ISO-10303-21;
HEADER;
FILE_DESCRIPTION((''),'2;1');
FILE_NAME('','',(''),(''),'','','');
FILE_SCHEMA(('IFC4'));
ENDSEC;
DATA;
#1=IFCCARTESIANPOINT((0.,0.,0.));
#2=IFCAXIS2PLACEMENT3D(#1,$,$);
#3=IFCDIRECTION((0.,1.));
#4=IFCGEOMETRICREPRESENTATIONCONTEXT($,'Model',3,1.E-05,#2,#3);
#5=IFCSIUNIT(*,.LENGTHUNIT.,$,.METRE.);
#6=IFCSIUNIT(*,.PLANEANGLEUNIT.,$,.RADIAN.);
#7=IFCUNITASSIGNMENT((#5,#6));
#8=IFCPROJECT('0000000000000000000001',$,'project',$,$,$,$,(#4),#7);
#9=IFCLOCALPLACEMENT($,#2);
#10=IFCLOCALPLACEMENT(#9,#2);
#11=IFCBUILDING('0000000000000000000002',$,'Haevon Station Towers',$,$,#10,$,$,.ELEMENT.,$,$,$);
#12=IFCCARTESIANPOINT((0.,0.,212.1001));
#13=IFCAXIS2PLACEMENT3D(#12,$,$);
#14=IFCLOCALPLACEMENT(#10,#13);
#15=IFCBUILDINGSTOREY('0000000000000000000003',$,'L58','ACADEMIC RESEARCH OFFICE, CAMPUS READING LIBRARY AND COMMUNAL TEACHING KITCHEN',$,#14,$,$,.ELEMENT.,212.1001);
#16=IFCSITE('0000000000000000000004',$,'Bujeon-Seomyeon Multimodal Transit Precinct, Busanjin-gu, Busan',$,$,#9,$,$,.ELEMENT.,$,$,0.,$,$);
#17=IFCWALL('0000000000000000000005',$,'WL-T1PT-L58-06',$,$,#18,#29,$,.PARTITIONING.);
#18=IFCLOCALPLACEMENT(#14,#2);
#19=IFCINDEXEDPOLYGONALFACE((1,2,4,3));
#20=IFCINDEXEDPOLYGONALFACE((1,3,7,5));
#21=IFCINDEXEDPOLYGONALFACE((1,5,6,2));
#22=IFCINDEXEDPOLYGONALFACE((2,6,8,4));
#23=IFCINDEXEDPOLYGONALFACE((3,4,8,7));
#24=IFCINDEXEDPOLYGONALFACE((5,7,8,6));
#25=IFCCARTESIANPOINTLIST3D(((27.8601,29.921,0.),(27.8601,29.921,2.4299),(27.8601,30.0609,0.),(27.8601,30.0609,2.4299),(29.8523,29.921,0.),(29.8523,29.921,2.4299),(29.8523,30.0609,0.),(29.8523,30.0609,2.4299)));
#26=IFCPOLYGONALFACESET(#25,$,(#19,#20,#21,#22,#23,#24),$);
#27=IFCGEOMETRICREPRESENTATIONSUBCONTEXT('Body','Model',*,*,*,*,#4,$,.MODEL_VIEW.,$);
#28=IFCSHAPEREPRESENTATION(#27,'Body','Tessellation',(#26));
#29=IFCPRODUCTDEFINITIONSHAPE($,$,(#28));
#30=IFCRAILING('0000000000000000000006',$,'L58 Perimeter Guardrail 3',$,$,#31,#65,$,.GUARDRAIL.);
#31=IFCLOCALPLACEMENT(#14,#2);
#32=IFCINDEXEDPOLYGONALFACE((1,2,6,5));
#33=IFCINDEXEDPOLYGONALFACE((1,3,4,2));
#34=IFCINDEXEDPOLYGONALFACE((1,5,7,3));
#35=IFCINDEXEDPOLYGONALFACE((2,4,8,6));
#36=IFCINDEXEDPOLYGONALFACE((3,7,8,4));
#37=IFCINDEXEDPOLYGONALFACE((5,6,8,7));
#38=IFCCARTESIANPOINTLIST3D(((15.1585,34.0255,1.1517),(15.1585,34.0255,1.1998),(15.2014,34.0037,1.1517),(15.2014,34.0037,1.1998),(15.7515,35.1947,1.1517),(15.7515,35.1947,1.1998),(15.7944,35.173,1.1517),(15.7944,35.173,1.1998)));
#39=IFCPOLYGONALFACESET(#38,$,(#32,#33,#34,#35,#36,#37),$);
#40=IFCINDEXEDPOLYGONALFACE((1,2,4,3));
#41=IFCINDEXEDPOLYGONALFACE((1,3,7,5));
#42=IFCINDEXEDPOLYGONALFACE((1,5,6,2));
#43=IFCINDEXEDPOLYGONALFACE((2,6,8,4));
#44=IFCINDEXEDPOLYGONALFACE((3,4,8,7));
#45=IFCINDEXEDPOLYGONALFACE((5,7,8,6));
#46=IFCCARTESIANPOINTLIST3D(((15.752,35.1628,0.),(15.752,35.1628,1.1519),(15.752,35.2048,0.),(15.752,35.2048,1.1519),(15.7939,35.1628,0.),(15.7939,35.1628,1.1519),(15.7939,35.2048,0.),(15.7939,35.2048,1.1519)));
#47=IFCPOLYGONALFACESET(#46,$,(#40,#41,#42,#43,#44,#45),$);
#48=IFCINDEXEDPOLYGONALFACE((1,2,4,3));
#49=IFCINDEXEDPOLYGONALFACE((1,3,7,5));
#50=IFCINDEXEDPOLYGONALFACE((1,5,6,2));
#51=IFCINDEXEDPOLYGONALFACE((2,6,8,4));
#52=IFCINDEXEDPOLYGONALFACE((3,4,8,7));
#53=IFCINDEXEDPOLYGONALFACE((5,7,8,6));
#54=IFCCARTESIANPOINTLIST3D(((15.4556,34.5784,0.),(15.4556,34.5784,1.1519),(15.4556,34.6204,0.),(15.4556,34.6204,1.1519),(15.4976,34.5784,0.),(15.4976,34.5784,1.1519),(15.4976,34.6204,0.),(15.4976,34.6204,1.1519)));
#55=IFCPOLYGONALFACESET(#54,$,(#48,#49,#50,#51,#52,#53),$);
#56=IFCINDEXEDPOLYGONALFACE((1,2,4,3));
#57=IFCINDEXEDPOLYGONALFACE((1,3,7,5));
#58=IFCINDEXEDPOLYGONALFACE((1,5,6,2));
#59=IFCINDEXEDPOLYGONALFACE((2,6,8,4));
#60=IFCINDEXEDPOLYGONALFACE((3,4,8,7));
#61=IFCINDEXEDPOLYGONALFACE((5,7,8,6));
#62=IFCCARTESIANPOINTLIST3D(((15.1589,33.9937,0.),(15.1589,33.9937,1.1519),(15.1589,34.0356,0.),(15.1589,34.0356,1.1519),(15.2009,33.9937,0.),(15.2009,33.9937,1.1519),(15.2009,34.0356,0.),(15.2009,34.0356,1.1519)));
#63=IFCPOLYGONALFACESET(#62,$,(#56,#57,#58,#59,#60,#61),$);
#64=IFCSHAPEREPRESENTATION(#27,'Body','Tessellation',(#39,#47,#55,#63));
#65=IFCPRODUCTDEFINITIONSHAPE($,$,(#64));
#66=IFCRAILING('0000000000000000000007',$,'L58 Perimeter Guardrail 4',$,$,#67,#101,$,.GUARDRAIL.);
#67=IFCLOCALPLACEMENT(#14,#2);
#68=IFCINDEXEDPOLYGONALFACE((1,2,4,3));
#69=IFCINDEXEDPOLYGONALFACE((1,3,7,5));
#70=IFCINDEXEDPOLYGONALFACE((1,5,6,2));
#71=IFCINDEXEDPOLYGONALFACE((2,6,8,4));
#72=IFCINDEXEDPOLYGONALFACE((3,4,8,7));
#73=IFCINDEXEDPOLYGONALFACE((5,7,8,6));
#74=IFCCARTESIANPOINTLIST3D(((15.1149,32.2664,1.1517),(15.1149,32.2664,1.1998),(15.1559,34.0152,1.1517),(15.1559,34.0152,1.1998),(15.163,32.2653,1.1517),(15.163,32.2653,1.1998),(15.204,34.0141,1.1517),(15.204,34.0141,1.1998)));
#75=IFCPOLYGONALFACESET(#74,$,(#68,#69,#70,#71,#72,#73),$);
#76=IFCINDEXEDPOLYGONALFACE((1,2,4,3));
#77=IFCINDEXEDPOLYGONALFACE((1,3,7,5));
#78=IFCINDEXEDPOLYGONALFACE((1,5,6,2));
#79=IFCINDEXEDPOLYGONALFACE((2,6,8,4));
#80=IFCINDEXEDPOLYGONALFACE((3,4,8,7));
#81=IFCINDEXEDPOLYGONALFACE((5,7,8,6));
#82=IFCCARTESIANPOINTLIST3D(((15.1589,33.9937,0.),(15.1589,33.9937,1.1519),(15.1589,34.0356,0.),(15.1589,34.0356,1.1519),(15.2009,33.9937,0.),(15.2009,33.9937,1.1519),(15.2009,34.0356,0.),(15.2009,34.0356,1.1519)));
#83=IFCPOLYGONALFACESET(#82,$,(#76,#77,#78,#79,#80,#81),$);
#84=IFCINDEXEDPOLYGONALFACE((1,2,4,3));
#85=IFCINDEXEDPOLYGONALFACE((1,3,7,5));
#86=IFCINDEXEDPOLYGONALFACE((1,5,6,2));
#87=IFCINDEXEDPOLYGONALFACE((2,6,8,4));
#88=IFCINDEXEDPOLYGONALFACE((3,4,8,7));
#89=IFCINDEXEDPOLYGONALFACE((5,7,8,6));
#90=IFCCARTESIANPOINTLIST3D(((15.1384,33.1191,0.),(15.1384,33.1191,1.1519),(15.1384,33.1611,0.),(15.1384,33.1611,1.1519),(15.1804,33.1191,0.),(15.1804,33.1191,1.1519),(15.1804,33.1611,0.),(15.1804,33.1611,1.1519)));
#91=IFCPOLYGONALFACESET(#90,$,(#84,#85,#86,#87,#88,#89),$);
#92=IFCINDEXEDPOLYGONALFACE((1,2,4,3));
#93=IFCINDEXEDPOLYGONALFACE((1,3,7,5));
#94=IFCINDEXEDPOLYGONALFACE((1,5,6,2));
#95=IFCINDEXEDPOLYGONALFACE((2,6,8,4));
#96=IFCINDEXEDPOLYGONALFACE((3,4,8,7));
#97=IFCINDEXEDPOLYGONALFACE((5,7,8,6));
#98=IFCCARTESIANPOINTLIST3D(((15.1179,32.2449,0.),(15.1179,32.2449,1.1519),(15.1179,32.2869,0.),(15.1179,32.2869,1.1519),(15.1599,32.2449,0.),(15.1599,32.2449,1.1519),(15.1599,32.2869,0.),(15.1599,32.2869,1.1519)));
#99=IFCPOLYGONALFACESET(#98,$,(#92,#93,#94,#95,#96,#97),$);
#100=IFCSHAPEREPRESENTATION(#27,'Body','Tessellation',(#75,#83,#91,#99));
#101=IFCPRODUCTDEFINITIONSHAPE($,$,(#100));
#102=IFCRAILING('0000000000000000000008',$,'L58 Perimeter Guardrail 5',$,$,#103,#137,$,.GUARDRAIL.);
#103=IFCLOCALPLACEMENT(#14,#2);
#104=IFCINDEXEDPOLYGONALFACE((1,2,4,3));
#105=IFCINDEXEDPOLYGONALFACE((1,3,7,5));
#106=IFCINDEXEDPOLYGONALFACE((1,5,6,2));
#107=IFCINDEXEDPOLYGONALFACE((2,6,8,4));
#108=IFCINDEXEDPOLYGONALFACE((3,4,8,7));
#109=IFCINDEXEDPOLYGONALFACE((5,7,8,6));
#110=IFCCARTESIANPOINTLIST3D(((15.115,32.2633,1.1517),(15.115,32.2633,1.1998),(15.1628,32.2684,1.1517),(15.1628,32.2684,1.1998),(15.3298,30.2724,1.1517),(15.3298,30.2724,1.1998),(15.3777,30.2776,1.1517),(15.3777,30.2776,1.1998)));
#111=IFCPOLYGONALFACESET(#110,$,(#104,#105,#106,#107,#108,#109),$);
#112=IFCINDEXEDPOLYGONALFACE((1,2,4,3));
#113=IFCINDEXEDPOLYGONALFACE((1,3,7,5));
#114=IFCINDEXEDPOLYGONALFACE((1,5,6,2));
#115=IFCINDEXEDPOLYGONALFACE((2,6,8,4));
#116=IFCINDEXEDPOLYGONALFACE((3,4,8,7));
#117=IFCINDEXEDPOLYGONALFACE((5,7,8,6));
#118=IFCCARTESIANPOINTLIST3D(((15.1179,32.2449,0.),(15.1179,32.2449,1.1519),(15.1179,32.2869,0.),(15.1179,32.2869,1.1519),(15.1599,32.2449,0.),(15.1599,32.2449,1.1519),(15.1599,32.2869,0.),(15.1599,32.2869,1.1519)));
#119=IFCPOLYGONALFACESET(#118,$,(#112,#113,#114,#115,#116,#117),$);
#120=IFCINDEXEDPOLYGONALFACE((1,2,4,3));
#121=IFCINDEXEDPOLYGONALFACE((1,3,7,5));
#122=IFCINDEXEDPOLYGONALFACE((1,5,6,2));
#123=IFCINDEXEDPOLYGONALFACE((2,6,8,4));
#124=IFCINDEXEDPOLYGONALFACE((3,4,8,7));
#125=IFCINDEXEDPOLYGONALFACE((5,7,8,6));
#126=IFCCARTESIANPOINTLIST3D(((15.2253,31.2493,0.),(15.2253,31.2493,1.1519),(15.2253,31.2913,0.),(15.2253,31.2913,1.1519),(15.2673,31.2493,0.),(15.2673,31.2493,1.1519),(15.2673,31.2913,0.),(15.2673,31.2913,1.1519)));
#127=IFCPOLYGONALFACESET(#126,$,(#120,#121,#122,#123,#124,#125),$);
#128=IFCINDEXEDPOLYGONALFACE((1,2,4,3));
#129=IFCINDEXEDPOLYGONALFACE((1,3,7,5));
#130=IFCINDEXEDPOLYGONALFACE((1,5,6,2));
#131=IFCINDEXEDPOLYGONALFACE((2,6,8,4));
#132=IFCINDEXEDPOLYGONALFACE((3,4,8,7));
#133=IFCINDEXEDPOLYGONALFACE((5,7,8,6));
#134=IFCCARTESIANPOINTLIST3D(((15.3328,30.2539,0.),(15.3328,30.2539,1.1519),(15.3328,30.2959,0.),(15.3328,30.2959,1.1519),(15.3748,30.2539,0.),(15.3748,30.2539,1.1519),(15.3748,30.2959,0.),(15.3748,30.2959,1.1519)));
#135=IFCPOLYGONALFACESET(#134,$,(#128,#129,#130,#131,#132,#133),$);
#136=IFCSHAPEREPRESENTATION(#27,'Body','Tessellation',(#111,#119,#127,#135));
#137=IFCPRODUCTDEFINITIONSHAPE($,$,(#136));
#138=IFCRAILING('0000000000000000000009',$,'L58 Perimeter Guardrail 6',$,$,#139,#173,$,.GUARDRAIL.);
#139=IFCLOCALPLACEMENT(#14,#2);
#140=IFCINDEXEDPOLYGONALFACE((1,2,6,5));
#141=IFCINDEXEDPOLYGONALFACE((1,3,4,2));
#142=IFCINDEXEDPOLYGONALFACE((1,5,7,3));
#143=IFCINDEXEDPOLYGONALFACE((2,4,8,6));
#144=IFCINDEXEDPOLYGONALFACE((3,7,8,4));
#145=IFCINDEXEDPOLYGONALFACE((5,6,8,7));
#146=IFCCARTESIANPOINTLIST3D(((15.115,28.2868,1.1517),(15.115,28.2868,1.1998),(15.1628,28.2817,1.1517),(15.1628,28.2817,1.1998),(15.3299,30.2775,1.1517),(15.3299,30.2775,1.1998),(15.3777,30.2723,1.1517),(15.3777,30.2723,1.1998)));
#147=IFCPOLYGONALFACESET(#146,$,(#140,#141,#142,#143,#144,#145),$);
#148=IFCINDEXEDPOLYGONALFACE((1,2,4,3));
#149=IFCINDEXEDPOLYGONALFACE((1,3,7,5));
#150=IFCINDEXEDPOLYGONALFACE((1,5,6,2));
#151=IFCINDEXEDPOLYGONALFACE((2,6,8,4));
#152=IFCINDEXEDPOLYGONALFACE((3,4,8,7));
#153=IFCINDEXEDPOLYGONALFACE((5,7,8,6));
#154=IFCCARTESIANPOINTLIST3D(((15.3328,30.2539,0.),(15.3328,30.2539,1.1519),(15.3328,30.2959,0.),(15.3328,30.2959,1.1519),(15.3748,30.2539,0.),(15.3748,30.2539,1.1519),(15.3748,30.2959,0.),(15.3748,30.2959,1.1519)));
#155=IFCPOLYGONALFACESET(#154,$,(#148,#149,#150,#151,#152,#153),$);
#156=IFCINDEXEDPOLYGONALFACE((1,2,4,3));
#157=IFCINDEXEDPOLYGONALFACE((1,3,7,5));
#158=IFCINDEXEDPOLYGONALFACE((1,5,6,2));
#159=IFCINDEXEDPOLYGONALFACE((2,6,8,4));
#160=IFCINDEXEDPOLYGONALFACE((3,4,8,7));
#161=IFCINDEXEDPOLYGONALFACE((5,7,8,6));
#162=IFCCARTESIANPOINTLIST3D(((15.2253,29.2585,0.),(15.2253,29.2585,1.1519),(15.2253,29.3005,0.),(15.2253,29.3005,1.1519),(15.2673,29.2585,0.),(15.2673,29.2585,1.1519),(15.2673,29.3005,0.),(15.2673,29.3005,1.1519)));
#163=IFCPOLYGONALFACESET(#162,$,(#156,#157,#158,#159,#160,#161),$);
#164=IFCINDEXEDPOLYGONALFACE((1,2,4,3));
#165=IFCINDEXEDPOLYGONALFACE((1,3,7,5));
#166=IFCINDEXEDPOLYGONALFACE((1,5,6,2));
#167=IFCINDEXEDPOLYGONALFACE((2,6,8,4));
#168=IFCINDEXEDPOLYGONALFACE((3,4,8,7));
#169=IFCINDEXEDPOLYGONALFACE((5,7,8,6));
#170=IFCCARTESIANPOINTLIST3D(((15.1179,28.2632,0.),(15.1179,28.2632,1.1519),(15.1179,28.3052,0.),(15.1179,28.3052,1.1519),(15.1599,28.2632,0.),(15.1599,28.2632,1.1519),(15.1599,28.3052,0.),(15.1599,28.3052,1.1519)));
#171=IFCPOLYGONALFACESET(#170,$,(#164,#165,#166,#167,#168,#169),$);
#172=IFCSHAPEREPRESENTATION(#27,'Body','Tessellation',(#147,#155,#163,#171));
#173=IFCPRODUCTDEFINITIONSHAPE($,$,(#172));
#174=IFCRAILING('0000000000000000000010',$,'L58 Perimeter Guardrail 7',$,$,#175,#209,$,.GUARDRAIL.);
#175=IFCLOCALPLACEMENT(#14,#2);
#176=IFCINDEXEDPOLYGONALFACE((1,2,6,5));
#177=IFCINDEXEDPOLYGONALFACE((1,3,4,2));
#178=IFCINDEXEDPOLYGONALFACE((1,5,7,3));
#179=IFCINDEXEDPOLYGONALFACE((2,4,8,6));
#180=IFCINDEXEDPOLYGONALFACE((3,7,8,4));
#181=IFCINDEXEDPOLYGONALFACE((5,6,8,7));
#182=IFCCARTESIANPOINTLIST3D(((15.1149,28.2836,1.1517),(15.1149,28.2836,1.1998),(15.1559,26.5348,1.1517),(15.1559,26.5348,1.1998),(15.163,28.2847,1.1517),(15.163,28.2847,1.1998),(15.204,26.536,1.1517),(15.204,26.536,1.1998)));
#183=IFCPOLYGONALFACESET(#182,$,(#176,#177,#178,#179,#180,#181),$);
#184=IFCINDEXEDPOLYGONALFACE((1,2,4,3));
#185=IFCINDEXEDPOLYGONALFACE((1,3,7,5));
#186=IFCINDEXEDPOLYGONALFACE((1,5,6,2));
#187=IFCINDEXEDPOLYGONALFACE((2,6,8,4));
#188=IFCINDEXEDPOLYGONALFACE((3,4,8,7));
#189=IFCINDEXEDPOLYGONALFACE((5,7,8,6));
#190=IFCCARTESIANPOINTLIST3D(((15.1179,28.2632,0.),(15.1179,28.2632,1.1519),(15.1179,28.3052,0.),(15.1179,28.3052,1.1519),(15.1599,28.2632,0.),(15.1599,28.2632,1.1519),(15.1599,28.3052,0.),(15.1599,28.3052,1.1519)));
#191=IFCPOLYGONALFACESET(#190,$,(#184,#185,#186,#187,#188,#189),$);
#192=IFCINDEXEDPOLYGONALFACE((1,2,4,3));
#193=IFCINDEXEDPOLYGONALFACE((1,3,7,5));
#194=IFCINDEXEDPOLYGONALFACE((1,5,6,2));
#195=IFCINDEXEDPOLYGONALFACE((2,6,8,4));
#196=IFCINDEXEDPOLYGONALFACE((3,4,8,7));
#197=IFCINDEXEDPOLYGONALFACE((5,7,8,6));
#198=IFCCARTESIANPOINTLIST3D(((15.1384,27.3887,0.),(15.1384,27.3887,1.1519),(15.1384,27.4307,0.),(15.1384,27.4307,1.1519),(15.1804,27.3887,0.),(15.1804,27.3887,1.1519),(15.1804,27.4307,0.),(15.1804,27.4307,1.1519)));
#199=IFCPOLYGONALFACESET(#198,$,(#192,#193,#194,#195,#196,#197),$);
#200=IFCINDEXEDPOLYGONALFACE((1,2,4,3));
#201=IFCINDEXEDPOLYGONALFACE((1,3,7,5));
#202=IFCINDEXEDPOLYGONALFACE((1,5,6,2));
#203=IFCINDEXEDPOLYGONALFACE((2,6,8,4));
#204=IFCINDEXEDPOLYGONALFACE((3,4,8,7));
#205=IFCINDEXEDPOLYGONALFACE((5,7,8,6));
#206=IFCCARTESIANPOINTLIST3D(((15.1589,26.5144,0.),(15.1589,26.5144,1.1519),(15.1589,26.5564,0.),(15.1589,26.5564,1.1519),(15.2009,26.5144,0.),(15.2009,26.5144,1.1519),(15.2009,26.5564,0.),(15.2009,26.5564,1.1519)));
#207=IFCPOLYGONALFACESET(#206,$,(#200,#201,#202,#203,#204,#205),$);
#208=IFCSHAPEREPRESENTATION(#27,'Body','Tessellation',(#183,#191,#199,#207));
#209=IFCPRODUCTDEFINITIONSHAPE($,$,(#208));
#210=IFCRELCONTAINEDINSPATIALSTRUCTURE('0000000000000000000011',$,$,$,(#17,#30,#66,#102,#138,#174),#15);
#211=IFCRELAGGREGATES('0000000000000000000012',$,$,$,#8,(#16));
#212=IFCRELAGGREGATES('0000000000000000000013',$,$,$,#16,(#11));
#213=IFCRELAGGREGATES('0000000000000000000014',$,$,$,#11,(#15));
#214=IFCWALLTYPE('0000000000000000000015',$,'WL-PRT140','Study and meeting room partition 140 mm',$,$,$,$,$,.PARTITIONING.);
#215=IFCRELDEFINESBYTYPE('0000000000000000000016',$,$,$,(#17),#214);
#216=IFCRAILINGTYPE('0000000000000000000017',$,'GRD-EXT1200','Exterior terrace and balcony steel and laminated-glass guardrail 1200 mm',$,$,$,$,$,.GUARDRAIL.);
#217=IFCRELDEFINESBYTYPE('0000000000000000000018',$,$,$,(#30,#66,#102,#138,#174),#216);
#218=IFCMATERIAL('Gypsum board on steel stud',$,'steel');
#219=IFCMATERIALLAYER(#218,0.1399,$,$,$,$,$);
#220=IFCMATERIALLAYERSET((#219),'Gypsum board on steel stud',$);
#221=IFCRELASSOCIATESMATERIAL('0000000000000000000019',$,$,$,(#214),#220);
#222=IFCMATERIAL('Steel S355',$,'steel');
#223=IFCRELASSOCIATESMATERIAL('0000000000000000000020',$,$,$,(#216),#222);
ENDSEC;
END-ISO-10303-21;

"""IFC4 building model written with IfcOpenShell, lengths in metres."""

from ifc_helpers import new_model, si_unit, direction, frame, frame_2d, origin, origin_2d, place, context, subcontext, project, spatial, rectangle, extrude, material, layer, layer_set, type_object, element, save


model = new_model("IFC4")

# Units and contexts
model_context = context("Model", 3, precision=1e-05, world=origin(), true_north=direction((0.0, 1.0)))
body_context = subcontext(model_context, "Body", "Model", "MODEL_VIEW")
ifc_project = project(units=[si_unit("LENGTHUNIT", "METRE"), si_unit("PLANEANGLEUNIT", "RADIAN")], contexts=[model_context])

# Site, building, storey
site_placement = place(None, origin())
site = spatial("IfcSite", under=ifc_project, at=site_placement, Name="Bujeon-Seomyeon Multimodal Transit Precinct, Busanjin-gu, Busan", CompositionType="ELEMENT", RefElevation=0.0)
building_placement = place(site_placement, origin())
building = spatial("IfcBuilding", under=site, at=building_placement, Name="Haevon Station Towers", CompositionType="ELEMENT")
storey_placement = place(building_placement, frame((0.0, 0.0, 212.1001)))
storey = spatial("IfcBuildingStorey", under=building, at=storey_placement, Name="L58", Description="ACADEMIC RESEARCH OFFICE, CAMPUS READING LIBRARY AND COMMUNAL TEACHING KITCHEN", CompositionType="ELEMENT", Elevation=212.1001)

# Shared definitions
ifc_material_1 = material(Name="Steel S355", Category="steel")

# Wall
ifc_material_2 = material(Name="Gypsum board on steel stud", Category="steel")
ifc_layer_1 = layer(ifc_material_2, 0.1399)
ifc_layer_set_1 = layer_set([ifc_layer_1], Name="Gypsum board on steel stud")
wall_type_1 = type_object("IfcWallType", Name="WL-PRT140", Description="Study and meeting room partition 140 mm", PredefinedType="PARTITIONING", material=ifc_layer_set_1)
wall_1_placement = place(storey_placement, frame((27.8601, 29.991, 0.0), z_axis=(0.0, 0.0, 1.0), x_axis=(1.0, 0.0, 0.0)))
element("IfcWall", 1, at=wall_1_placement, inside=storey, type_object=wall_type_1, Name="WL-T1PT-L58-06", PredefinedType="PARTITIONING", context=body_context, shape_type="SweptSolid", body=[
    extrude(rectangle(XDim=1.9922, YDim=0.1399, at=frame_2d((0.9961, 0.0))), origin(), (0.0, 0.0, 1.0), 2.4299),
])

# Railings
railing_type = type_object("IfcRailingType", Name="GRD-EXT1200", Description="Exterior terrace and balcony steel and laminated-glass guardrail 1200 mm", PredefinedType="GUARDRAIL", material=ifc_material_1)
railing_1_placement = place(storey_placement, frame((15.7729, 35.1838, 0.0)))
element("IfcRailing", 2, at=railing_1_placement, inside=storey, type_object=railing_type, Name="L58 Perimeter Guardrail 3", PredefinedType="GUARDRAIL", context=body_context, shape_type="SweptSolid", body=[
    extrude(rectangle(XDim=0.0481, YDim=0.0481, at=origin_2d()), frame((0.0, 0.0, 1.1758), z_axis=(-0.452346, -0.891842, 0.0), x_axis=(0.891842, -0.452346, 0.0)), (0.0, 0.0, 1.0), 1.311),
    extrude(rectangle(XDim=0.042, YDim=0.042, at=origin_2d()), origin(), (0.0, 0.0, 1.0), 1.1519),
    extrude(rectangle(XDim=0.042, YDim=0.042, at=origin_2d()), frame((-0.2964, -0.5845, 0.0)), (0.0, 0.0, 1.0), 1.1519),
    extrude(rectangle(XDim=0.042, YDim=0.042, at=origin_2d()), frame((-0.593, -1.1692, 0.0)), (0.0, 0.0, 1.0), 1.1519),
])
railing_2_placement = place(storey_placement, frame((15.1799, 34.0146, 0.0)))
element("IfcRailing", 3, at=railing_2_placement, inside=storey, type_object=railing_type, Name="L58 Perimeter Guardrail 4", PredefinedType="GUARDRAIL", context=body_context, shape_type="SweptSolid", body=[
    extrude(rectangle(XDim=0.0481, YDim=0.0481, at=origin_2d()), frame((0.0, 0.0, 1.1758), z_axis=(-0.023447, -0.999725, 0.0), x_axis=(0.999725, -0.023447, 0.0)), (0.0, 0.0, 1.0), 1.7493),
    extrude(rectangle(XDim=0.042, YDim=0.042, at=origin_2d()), origin(), (0.0, 0.0, 1.0), 1.1519),
    extrude(rectangle(XDim=0.042, YDim=0.042, at=origin_2d()), frame((-0.0205, -0.8745, 0.0)), (0.0, 0.0, 1.0), 1.1519),
    extrude(rectangle(XDim=0.042, YDim=0.042, at=origin_2d()), frame((-0.041, -1.7488, 0.0)), (0.0, 0.0, 1.0), 1.1519),
])
railing_3_placement = place(storey_placement, frame((15.1389, 32.2659, 0.0)))
element("IfcRailing", 4, at=railing_3_placement, inside=storey, type_object=railing_type, Name="L58 Perimeter Guardrail 5", PredefinedType="GUARDRAIL", context=body_context, shape_type="SweptSolid", body=[
    extrude(rectangle(XDim=0.0481, YDim=0.0481, at=origin_2d()), frame((0.0, 0.0, 1.1758), z_axis=(0.107286, -0.994228, 0.0), x_axis=(0.994228, 0.107286, 0.0)), (0.0, 0.0, 1.0), 2.0024),
    extrude(rectangle(XDim=0.042, YDim=0.042, at=origin_2d()), origin(), (0.0, 0.0, 1.0), 1.1519),
    extrude(rectangle(XDim=0.042, YDim=0.042, at=origin_2d()), frame((0.1074, -0.9956, 0.0)), (0.0, 0.0, 1.0), 1.1519),
    extrude(rectangle(XDim=0.042, YDim=0.042, at=origin_2d()), frame((0.2148, -1.991, 0.0)), (0.0, 0.0, 1.0), 1.1519),
])
railing_4_placement = place(storey_placement, frame((15.3538, 30.2749, 0.0)))
element("IfcRailing", 5, at=railing_4_placement, inside=storey, type_object=railing_type, Name="L58 Perimeter Guardrail 6", PredefinedType="GUARDRAIL", context=body_context, shape_type="SweptSolid", body=[
    extrude(rectangle(XDim=0.0481, YDim=0.0481, at=origin_2d()), frame((0.0, 0.0, 1.1758), z_axis=(-0.107299, -0.994227, 0.0), x_axis=(0.994227, -0.107299, 0.0)), (0.0, 0.0, 1.0), 2.0022),
    extrude(rectangle(XDim=0.042, YDim=0.042, at=origin_2d()), origin(), (0.0, 0.0, 1.0), 1.1519),
    extrude(rectangle(XDim=0.042, YDim=0.042, at=origin_2d()), frame((-0.1074, -0.9954, 0.0)), (0.0, 0.0, 1.0), 1.1519),
    extrude(rectangle(XDim=0.042, YDim=0.042, at=origin_2d()), frame((-0.2148, -1.9907, 0.0)), (0.0, 0.0, 1.0), 1.1519),
])
railing_5_placement = place(storey_placement, frame((15.1389, 28.2842, 0.0)))
element("IfcRailing", 6, at=railing_5_placement, inside=storey, type_object=railing_type, Name="L58 Perimeter Guardrail 7", PredefinedType="GUARDRAIL", context=body_context, shape_type="SweptSolid", body=[
    extrude(rectangle(XDim=0.0481, YDim=0.0481, at=origin_2d()), frame((0.0, 0.0, 1.1758), z_axis=(0.023447, -0.999725, 0.0), x_axis=(0.999725, 0.023447, 0.0)), (0.0, 0.0, 1.0), 1.7493),
    extrude(rectangle(XDim=0.042, YDim=0.042, at=origin_2d()), origin(), (0.0, 0.0, 1.0), 1.1519),
    extrude(rectangle(XDim=0.042, YDim=0.042, at=origin_2d()), frame((0.0205, -0.8745, 0.0)), (0.0, 0.0, 1.0), 1.1519),
    extrude(rectangle(XDim=0.042, YDim=0.042, at=origin_2d()), frame((0.041, -1.7488, 0.0)), (0.0, 0.0, 1.0), 1.1519),
])

save(model, "model.ifc")
